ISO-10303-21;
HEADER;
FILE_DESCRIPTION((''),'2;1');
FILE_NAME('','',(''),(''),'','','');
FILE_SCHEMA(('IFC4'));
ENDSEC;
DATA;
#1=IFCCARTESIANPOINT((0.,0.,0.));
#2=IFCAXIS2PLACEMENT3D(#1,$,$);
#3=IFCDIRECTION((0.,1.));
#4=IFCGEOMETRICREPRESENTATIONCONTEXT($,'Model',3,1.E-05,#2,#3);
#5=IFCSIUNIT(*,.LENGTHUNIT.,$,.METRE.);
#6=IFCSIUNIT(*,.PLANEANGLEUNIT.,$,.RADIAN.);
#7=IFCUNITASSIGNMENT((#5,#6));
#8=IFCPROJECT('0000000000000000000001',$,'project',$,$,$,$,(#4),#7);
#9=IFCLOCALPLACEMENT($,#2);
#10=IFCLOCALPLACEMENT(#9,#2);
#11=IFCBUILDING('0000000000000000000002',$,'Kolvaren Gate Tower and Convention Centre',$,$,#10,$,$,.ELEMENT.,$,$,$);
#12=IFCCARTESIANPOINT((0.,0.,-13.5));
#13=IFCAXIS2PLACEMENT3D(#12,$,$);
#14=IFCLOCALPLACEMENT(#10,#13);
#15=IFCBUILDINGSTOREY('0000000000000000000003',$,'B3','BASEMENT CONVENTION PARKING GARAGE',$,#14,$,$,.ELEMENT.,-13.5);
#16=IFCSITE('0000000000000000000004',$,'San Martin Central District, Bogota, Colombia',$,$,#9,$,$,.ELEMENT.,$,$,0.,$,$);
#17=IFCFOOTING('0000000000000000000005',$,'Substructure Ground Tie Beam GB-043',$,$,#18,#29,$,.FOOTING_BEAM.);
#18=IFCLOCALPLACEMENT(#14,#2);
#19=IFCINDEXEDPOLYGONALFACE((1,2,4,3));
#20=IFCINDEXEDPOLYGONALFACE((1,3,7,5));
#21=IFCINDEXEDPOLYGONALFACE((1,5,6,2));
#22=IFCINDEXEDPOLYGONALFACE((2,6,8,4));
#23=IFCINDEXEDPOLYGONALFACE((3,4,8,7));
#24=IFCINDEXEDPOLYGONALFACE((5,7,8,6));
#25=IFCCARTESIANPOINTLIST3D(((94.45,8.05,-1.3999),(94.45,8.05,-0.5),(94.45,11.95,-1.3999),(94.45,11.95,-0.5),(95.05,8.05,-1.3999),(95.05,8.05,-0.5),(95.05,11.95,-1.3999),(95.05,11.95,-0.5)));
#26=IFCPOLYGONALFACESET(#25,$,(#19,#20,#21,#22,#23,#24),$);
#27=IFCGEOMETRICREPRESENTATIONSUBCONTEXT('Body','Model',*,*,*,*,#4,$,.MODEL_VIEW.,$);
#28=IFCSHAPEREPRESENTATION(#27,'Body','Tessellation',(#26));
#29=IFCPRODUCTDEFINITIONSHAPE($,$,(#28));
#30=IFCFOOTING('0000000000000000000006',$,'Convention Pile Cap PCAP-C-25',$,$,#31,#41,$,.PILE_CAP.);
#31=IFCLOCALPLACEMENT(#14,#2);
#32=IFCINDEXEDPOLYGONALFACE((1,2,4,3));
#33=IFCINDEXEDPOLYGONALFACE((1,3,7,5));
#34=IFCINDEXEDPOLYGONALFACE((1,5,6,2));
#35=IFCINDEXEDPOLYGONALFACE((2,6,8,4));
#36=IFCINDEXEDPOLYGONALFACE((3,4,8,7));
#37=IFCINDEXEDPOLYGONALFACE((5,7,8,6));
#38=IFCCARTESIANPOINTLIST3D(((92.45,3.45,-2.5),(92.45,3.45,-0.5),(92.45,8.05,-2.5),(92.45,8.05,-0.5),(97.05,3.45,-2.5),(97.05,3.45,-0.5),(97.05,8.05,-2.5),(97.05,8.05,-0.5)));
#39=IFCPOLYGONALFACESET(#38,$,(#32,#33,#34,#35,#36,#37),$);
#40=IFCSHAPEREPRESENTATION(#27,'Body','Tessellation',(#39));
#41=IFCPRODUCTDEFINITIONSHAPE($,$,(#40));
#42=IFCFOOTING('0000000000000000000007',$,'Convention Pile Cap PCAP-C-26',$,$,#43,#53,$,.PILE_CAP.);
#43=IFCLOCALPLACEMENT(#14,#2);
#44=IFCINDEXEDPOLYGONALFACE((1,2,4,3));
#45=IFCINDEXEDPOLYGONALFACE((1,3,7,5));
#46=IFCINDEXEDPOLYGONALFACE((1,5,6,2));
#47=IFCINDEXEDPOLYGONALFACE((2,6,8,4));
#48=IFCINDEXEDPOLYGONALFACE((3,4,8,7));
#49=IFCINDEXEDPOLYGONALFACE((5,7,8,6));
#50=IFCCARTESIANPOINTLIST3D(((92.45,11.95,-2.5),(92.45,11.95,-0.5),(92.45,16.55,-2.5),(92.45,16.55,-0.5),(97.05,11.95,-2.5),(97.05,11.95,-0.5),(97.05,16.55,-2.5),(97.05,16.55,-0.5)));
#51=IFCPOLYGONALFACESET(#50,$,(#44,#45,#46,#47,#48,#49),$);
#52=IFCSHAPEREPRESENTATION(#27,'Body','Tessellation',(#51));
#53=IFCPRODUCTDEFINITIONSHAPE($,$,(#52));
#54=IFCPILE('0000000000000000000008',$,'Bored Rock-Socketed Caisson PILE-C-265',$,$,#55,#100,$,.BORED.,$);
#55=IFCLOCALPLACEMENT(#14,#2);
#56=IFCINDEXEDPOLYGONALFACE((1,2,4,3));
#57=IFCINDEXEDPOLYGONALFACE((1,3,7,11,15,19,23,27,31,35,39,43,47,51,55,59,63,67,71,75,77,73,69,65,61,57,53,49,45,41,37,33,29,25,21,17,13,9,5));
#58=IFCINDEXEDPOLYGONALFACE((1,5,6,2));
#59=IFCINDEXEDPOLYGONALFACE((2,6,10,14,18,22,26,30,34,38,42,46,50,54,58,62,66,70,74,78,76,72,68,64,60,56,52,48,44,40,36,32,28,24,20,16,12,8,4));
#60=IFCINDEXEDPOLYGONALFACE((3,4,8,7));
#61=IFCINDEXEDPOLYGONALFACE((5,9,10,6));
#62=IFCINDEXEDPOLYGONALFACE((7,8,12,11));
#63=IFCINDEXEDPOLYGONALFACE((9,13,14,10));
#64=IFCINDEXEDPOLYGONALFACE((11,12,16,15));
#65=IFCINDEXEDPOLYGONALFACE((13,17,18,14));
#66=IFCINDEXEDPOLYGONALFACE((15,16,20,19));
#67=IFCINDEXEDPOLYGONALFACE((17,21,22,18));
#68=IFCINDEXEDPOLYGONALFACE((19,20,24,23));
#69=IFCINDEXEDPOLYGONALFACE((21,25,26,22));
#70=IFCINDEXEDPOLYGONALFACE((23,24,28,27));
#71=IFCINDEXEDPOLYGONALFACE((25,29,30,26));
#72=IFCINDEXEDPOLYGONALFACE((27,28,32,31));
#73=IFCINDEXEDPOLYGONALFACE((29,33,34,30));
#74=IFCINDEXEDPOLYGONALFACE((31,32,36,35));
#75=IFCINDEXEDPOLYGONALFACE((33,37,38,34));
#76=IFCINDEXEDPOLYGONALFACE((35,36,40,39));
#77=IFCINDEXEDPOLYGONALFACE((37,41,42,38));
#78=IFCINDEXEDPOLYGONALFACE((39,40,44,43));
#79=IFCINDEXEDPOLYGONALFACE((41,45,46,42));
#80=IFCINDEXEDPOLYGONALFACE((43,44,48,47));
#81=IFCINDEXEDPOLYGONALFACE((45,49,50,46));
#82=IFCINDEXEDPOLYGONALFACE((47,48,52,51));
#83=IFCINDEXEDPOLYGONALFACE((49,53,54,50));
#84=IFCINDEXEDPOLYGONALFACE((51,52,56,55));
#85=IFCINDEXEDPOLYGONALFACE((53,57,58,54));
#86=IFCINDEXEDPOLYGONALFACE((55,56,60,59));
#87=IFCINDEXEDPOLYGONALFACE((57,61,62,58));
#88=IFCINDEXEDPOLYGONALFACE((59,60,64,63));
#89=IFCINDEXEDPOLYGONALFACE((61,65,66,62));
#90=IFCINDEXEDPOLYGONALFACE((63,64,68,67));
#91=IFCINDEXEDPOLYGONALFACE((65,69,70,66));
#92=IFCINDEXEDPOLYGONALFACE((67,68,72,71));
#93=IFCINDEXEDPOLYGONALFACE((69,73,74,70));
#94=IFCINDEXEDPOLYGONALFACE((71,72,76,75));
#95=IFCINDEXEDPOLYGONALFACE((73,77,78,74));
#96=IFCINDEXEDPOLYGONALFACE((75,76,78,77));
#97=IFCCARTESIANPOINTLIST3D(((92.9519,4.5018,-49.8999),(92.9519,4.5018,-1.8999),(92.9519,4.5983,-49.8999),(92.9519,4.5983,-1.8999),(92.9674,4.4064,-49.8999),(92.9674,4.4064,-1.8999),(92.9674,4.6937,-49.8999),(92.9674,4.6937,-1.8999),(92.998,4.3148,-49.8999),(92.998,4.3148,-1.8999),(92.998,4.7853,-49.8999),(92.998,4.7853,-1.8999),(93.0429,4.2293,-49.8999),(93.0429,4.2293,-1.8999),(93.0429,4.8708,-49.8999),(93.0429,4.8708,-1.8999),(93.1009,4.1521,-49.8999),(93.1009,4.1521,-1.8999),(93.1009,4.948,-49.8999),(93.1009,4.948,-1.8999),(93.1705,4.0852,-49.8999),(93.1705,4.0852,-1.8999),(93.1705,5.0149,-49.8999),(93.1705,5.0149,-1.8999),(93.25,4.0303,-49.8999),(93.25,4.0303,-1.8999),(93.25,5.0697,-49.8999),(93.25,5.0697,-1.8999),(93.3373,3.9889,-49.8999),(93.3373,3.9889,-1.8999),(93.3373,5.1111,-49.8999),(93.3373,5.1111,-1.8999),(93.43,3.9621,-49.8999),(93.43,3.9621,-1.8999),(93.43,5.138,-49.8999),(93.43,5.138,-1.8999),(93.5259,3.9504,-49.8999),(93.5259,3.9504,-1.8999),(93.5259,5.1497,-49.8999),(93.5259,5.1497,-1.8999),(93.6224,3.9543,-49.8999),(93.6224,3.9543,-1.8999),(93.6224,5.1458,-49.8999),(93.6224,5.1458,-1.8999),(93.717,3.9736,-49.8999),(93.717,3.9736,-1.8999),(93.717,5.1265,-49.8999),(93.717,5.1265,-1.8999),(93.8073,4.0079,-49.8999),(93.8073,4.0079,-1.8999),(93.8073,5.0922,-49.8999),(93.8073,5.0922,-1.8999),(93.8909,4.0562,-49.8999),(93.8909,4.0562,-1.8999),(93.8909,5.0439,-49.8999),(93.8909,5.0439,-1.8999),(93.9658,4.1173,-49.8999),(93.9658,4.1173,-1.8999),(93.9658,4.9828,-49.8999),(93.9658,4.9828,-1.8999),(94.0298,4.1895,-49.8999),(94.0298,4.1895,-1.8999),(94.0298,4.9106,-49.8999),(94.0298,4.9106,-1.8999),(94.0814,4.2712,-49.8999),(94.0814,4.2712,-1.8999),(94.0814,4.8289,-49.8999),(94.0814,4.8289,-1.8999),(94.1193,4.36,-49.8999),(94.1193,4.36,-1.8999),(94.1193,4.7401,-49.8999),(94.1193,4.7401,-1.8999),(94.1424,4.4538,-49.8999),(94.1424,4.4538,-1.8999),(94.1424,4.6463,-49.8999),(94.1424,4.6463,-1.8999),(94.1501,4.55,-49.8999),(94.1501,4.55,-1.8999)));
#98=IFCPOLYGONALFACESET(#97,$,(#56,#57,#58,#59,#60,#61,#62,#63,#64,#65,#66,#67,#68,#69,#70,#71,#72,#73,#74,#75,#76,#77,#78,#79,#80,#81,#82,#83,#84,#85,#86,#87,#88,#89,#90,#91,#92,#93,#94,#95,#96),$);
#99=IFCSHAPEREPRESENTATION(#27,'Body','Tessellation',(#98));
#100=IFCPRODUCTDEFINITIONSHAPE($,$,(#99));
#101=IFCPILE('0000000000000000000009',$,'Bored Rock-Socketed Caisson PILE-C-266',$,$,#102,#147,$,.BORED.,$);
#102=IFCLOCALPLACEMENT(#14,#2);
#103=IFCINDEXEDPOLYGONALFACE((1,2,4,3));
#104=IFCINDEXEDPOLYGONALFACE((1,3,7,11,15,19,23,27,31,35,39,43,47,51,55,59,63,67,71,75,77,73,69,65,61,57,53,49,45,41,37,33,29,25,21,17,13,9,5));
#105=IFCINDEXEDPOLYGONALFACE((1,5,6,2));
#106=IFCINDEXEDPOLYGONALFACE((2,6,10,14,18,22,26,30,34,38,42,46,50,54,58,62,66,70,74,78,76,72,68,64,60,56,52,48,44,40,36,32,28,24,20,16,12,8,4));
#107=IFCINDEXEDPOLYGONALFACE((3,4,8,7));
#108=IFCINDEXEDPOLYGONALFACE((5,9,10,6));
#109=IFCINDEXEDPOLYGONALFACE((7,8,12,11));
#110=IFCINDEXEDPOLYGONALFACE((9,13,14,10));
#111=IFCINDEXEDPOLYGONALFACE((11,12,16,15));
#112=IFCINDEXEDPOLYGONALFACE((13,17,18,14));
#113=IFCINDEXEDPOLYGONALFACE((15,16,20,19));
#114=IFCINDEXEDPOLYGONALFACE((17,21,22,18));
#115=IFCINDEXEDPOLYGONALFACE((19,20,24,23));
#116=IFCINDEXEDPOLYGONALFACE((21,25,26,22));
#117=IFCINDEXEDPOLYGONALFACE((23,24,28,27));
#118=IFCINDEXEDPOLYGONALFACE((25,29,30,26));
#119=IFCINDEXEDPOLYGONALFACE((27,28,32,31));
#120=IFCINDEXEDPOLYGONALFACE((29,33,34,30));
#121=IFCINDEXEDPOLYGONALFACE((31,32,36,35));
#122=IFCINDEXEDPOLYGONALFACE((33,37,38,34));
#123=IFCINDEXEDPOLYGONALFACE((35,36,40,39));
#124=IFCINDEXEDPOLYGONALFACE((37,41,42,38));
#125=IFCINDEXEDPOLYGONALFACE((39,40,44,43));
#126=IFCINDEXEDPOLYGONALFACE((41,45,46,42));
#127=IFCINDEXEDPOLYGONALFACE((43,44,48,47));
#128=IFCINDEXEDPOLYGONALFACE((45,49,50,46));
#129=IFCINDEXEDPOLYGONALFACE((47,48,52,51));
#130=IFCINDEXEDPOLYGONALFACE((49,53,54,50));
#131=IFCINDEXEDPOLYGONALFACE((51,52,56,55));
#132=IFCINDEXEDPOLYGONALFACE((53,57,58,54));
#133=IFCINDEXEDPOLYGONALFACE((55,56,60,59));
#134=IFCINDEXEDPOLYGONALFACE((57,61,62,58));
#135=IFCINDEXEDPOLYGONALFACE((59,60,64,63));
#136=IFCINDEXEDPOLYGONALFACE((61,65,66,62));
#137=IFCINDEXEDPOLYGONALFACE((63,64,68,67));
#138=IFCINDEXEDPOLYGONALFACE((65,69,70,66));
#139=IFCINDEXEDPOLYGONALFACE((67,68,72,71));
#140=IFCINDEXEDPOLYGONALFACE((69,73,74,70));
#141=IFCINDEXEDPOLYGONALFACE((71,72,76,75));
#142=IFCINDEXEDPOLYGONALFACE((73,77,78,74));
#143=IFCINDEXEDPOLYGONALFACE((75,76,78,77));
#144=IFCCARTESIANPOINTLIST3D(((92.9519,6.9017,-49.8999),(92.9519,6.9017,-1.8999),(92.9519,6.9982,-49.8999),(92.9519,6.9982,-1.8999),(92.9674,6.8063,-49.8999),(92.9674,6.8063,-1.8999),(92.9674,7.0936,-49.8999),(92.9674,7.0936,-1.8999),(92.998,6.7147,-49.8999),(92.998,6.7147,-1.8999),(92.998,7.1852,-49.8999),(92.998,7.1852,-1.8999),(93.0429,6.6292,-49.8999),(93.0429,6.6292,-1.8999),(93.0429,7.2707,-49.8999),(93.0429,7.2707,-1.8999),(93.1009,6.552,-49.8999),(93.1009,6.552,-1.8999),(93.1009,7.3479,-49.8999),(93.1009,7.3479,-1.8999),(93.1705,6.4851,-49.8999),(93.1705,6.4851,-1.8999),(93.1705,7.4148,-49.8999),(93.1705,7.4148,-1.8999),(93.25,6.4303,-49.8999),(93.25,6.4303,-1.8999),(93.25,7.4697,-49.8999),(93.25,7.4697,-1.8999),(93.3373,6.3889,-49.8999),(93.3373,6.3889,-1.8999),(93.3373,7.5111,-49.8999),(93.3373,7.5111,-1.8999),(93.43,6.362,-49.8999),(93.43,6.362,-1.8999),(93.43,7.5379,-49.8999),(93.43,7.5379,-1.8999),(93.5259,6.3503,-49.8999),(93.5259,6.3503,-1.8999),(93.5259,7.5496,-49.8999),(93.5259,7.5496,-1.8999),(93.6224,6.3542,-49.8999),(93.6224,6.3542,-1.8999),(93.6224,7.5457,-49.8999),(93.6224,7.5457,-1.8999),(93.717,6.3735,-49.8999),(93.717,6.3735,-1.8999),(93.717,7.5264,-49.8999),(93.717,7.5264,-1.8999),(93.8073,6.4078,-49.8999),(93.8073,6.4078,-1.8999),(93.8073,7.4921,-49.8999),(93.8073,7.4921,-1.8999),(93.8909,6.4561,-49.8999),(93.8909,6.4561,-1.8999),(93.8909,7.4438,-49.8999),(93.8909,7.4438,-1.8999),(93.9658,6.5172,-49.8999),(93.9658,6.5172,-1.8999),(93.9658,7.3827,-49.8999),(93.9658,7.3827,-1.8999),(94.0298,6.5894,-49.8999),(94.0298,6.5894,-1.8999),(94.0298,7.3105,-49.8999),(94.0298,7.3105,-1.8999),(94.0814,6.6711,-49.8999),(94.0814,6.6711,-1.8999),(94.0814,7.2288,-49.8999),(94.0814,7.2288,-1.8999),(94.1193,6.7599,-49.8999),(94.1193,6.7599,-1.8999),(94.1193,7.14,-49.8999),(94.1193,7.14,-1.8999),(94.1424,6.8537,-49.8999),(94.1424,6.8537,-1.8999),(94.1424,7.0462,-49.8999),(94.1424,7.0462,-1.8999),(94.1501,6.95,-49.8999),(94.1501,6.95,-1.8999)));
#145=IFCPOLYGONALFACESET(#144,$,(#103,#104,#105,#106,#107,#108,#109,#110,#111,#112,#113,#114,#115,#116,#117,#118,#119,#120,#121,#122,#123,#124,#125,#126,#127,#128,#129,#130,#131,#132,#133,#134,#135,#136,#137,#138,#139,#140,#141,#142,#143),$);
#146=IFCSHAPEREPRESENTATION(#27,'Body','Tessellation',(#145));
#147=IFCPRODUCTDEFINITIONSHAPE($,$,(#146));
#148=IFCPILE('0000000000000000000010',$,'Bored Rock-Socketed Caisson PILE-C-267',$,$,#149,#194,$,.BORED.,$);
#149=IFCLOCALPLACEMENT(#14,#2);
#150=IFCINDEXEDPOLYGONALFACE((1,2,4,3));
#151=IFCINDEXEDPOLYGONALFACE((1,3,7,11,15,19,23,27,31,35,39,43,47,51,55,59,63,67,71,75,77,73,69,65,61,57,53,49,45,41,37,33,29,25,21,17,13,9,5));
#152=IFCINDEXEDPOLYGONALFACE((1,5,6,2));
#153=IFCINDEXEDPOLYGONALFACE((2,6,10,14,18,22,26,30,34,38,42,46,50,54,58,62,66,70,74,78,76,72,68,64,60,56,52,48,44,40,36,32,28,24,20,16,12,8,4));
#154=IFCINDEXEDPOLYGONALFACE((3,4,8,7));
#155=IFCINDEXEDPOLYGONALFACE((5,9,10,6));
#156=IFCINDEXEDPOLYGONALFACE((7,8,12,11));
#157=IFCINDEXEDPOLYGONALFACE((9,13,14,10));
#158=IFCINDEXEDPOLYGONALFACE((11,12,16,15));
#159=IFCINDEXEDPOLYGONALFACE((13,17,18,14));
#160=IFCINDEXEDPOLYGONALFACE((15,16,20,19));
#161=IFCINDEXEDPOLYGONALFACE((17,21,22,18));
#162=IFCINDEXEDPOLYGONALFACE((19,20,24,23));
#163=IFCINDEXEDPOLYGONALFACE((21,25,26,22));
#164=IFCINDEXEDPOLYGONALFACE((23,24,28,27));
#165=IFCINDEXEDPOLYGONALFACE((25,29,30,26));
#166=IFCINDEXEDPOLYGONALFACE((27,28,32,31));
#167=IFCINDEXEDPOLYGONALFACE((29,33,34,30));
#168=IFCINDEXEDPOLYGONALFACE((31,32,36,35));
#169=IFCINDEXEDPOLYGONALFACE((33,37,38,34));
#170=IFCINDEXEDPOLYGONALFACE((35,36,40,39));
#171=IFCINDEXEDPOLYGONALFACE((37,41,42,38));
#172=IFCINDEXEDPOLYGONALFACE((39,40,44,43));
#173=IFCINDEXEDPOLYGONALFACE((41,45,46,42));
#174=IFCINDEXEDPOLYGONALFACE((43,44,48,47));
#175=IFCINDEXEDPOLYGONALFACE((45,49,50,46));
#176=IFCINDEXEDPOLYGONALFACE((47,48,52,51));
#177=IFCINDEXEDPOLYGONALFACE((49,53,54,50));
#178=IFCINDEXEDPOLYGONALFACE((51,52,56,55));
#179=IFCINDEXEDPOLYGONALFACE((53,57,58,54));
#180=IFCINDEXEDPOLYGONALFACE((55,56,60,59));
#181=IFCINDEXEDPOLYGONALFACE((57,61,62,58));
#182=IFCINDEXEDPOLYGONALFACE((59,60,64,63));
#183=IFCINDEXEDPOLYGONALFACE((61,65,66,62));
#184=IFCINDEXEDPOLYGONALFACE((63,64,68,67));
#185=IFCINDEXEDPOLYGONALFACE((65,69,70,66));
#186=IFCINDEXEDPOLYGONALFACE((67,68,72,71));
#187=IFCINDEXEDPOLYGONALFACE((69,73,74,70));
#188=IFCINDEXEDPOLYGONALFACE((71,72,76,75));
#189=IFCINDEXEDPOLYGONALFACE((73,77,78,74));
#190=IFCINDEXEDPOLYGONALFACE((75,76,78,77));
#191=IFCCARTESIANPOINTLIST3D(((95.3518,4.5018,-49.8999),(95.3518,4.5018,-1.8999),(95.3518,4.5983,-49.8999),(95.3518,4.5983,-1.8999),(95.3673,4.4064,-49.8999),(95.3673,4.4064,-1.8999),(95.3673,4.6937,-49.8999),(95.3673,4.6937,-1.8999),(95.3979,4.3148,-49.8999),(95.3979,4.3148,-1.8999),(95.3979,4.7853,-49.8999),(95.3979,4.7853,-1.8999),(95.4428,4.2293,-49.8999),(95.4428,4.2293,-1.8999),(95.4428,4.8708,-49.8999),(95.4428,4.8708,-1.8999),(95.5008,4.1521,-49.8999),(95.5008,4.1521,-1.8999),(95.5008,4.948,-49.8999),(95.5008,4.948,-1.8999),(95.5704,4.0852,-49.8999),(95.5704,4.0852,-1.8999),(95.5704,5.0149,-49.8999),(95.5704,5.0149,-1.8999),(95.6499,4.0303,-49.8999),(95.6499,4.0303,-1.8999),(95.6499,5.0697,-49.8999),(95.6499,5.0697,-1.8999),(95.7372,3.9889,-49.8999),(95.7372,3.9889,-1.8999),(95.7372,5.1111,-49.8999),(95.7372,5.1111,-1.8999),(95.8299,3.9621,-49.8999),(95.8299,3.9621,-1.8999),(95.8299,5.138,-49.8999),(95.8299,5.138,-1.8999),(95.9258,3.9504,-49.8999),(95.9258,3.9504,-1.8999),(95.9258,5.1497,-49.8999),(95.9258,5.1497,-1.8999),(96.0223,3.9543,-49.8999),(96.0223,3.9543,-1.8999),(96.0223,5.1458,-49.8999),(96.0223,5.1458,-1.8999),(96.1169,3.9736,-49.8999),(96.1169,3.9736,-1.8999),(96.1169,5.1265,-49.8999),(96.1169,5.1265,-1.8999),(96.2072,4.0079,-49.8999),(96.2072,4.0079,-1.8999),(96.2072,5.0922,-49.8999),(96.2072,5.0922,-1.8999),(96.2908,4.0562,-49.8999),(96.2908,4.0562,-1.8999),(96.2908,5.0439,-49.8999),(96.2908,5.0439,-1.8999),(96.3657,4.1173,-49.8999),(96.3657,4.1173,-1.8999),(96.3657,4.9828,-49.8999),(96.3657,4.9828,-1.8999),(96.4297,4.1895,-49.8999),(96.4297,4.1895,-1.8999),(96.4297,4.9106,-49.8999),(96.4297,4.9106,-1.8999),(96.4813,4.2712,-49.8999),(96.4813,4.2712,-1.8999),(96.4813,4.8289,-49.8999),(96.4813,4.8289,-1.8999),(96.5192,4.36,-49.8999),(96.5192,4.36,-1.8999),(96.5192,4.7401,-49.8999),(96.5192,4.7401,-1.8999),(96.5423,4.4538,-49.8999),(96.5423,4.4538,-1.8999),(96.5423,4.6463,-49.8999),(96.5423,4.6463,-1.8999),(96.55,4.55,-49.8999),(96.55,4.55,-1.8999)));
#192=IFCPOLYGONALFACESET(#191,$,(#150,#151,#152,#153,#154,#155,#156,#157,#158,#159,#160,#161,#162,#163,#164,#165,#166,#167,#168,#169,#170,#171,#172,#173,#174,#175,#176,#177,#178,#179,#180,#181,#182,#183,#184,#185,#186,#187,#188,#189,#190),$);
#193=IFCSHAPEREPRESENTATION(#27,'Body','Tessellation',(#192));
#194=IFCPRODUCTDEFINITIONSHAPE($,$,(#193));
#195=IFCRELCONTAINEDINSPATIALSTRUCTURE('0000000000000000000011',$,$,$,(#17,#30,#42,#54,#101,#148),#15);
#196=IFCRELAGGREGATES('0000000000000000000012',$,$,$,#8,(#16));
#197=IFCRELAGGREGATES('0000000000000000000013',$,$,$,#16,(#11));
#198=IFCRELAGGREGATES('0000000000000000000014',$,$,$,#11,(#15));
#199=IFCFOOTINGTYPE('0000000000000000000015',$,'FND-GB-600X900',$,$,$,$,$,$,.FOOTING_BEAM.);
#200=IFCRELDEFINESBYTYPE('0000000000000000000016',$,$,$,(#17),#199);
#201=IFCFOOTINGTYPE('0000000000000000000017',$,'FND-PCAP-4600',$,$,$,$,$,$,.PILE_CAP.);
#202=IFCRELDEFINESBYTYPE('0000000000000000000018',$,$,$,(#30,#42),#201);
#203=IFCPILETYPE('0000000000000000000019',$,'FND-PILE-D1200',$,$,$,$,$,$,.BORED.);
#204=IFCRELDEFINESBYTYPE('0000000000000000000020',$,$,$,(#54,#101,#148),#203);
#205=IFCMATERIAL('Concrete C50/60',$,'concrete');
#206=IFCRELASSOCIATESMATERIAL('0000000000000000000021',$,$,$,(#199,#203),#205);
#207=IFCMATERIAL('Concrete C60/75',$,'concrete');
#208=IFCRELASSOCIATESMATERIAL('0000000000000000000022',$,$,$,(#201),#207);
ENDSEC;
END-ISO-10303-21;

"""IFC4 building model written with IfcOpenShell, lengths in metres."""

from ifc_helpers import new_model, si_unit, direction, frame, origin, origin_2d, place, context, subcontext, project, spatial, rectangle, circle, extrude, material, material_profile, profile_set, type_object, element, save


model = new_model("IFC4")

# Units and contexts
model_context = context("Model", 3, precision=1e-05, world=origin(), true_north=direction((0.0, 1.0)))
body_context = subcontext(model_context, "Body", "Model", "MODEL_VIEW")
ifc_project = project(units=[si_unit("LENGTHUNIT", "METRE"), si_unit("PLANEANGLEUNIT", "RADIAN")], contexts=[model_context])

# Site, building, storey
site_placement = place(None, origin())
site = spatial("IfcSite", under=ifc_project, at=site_placement, Name="San Martin Central District, Bogota, Colombia", CompositionType="ELEMENT", RefElevation=0.0)
building_placement = place(site_placement, origin())
building = spatial("IfcBuilding", under=site, at=building_placement, Name="Kolvaren Gate Tower and Convention Centre", CompositionType="ELEMENT")
storey_placement = place(building_placement, frame((0.0, 0.0, -13.5)))
storey = spatial("IfcBuildingStorey", under=building, at=storey_placement, Name="B3", Description="BASEMENT CONVENTION PARKING GARAGE", CompositionType="ELEMENT", Elevation=-13.5)

# Footings
ifc_material_1 = material(Name="Concrete C50/60", Category="concrete")
ifc_material_profile_1 = material_profile(ifc_material_1, rectangle(XDim=0.6001, YDim=0.8999, at=origin_2d()), Name="RC-BM-600X900")
ifc_profile_set_1 = profile_set([ifc_material_profile_1], Name="Concrete C50/60")
footing_type_1 = type_object("IfcFootingType", Name="FND-GB-600X900", PredefinedType="FOOTING_BEAM", material=ifc_profile_set_1)
footing_placement = place(storey_placement, frame((94.75, 8.05, -0.95), z_axis=(0.0, 1.0, 0.0), x_axis=(-1.0, 0.0, 0.0)))
element("IfcFooting", 1, at=footing_placement, inside=storey, type_object=footing_type_1, Name="Substructure Ground Tie Beam GB-043", PredefinedType="FOOTING_BEAM", context=body_context, shape_type="SweptSolid", body=[
    extrude(rectangle(XDim=0.6001, YDim=0.8999, at=origin_2d()), origin(), (0.0, 0.0, 1.0), 3.8999),
])
ifc_material_2 = material(Name="Concrete C60/75", Category="concrete")
footing_type_2 = type_object("IfcFootingType", Name="FND-PCAP-4600", PredefinedType="PILE_CAP", material=ifc_material_2)
for number, where, z_axis, x_axis, name in (
    (2, (94.75, 5.75, -2.5), (0.0, 0.0, 1.0), (1.0, 0.0, 0.0), "Convention Pile Cap PCAP-C-25"),
    (3, (94.75, 14.25, -2.5), (0.0, 0.0, 1.0), (1.0, 0.0, 0.0), "Convention Pile Cap PCAP-C-26"),
):
    element("IfcFooting", number, at=place(storey_placement, frame(where, z_axis=z_axis, x_axis=x_axis)), inside=storey, type_object=footing_type_2, Name=name, PredefinedType="PILE_CAP", context=body_context, shape_type="SweptSolid", body=[
        extrude(rectangle(XDim=4.6001, YDim=4.6001, at=origin_2d()), origin(), (0.0, 0.0, 1.0), 2.0),
    ])

# Piles
ifc_material_profile_2 = material_profile(ifc_material_1, circle(Radius=0.6001, at=origin_2d()), Name="CAISSON-D1200")
ifc_profile_set_2 = profile_set([ifc_material_profile_2], Name="Concrete C50/60")
pile_type = type_object("IfcPileType", Name="FND-PILE-D1200", PredefinedType="BORED", material=ifc_profile_set_2)
for number, where, z_axis, x_axis, name in (
    (4, (93.55, 4.55, -1.8999), (0.0, 0.0, -1.0), (1.0, 0.0, 0.0), "Bored Rock-Socketed Caisson PILE-C-265"),
    (5, (93.55, 6.95, -1.8999), (0.0, 0.0, -1.0), (1.0, 0.0, 0.0), "Bored Rock-Socketed Caisson PILE-C-266"),
    (6, (95.95, 4.55, -1.8999), (0.0, 0.0, -1.0), (1.0, 0.0, 0.0), "Bored Rock-Socketed Caisson PILE-C-267"),
):
    element("IfcPile", number, at=place(storey_placement, frame(where, z_axis=z_axis, x_axis=x_axis)), inside=storey, type_object=pile_type, Name=name, PredefinedType="BORED", context=body_context, shape_type="SweptSolid", body=[
        extrude(circle(Radius=0.6001, at=origin_2d()), origin(), (0.0, 0.0, 1.0), 48.0),
    ])

save(model, "model.ifc")
